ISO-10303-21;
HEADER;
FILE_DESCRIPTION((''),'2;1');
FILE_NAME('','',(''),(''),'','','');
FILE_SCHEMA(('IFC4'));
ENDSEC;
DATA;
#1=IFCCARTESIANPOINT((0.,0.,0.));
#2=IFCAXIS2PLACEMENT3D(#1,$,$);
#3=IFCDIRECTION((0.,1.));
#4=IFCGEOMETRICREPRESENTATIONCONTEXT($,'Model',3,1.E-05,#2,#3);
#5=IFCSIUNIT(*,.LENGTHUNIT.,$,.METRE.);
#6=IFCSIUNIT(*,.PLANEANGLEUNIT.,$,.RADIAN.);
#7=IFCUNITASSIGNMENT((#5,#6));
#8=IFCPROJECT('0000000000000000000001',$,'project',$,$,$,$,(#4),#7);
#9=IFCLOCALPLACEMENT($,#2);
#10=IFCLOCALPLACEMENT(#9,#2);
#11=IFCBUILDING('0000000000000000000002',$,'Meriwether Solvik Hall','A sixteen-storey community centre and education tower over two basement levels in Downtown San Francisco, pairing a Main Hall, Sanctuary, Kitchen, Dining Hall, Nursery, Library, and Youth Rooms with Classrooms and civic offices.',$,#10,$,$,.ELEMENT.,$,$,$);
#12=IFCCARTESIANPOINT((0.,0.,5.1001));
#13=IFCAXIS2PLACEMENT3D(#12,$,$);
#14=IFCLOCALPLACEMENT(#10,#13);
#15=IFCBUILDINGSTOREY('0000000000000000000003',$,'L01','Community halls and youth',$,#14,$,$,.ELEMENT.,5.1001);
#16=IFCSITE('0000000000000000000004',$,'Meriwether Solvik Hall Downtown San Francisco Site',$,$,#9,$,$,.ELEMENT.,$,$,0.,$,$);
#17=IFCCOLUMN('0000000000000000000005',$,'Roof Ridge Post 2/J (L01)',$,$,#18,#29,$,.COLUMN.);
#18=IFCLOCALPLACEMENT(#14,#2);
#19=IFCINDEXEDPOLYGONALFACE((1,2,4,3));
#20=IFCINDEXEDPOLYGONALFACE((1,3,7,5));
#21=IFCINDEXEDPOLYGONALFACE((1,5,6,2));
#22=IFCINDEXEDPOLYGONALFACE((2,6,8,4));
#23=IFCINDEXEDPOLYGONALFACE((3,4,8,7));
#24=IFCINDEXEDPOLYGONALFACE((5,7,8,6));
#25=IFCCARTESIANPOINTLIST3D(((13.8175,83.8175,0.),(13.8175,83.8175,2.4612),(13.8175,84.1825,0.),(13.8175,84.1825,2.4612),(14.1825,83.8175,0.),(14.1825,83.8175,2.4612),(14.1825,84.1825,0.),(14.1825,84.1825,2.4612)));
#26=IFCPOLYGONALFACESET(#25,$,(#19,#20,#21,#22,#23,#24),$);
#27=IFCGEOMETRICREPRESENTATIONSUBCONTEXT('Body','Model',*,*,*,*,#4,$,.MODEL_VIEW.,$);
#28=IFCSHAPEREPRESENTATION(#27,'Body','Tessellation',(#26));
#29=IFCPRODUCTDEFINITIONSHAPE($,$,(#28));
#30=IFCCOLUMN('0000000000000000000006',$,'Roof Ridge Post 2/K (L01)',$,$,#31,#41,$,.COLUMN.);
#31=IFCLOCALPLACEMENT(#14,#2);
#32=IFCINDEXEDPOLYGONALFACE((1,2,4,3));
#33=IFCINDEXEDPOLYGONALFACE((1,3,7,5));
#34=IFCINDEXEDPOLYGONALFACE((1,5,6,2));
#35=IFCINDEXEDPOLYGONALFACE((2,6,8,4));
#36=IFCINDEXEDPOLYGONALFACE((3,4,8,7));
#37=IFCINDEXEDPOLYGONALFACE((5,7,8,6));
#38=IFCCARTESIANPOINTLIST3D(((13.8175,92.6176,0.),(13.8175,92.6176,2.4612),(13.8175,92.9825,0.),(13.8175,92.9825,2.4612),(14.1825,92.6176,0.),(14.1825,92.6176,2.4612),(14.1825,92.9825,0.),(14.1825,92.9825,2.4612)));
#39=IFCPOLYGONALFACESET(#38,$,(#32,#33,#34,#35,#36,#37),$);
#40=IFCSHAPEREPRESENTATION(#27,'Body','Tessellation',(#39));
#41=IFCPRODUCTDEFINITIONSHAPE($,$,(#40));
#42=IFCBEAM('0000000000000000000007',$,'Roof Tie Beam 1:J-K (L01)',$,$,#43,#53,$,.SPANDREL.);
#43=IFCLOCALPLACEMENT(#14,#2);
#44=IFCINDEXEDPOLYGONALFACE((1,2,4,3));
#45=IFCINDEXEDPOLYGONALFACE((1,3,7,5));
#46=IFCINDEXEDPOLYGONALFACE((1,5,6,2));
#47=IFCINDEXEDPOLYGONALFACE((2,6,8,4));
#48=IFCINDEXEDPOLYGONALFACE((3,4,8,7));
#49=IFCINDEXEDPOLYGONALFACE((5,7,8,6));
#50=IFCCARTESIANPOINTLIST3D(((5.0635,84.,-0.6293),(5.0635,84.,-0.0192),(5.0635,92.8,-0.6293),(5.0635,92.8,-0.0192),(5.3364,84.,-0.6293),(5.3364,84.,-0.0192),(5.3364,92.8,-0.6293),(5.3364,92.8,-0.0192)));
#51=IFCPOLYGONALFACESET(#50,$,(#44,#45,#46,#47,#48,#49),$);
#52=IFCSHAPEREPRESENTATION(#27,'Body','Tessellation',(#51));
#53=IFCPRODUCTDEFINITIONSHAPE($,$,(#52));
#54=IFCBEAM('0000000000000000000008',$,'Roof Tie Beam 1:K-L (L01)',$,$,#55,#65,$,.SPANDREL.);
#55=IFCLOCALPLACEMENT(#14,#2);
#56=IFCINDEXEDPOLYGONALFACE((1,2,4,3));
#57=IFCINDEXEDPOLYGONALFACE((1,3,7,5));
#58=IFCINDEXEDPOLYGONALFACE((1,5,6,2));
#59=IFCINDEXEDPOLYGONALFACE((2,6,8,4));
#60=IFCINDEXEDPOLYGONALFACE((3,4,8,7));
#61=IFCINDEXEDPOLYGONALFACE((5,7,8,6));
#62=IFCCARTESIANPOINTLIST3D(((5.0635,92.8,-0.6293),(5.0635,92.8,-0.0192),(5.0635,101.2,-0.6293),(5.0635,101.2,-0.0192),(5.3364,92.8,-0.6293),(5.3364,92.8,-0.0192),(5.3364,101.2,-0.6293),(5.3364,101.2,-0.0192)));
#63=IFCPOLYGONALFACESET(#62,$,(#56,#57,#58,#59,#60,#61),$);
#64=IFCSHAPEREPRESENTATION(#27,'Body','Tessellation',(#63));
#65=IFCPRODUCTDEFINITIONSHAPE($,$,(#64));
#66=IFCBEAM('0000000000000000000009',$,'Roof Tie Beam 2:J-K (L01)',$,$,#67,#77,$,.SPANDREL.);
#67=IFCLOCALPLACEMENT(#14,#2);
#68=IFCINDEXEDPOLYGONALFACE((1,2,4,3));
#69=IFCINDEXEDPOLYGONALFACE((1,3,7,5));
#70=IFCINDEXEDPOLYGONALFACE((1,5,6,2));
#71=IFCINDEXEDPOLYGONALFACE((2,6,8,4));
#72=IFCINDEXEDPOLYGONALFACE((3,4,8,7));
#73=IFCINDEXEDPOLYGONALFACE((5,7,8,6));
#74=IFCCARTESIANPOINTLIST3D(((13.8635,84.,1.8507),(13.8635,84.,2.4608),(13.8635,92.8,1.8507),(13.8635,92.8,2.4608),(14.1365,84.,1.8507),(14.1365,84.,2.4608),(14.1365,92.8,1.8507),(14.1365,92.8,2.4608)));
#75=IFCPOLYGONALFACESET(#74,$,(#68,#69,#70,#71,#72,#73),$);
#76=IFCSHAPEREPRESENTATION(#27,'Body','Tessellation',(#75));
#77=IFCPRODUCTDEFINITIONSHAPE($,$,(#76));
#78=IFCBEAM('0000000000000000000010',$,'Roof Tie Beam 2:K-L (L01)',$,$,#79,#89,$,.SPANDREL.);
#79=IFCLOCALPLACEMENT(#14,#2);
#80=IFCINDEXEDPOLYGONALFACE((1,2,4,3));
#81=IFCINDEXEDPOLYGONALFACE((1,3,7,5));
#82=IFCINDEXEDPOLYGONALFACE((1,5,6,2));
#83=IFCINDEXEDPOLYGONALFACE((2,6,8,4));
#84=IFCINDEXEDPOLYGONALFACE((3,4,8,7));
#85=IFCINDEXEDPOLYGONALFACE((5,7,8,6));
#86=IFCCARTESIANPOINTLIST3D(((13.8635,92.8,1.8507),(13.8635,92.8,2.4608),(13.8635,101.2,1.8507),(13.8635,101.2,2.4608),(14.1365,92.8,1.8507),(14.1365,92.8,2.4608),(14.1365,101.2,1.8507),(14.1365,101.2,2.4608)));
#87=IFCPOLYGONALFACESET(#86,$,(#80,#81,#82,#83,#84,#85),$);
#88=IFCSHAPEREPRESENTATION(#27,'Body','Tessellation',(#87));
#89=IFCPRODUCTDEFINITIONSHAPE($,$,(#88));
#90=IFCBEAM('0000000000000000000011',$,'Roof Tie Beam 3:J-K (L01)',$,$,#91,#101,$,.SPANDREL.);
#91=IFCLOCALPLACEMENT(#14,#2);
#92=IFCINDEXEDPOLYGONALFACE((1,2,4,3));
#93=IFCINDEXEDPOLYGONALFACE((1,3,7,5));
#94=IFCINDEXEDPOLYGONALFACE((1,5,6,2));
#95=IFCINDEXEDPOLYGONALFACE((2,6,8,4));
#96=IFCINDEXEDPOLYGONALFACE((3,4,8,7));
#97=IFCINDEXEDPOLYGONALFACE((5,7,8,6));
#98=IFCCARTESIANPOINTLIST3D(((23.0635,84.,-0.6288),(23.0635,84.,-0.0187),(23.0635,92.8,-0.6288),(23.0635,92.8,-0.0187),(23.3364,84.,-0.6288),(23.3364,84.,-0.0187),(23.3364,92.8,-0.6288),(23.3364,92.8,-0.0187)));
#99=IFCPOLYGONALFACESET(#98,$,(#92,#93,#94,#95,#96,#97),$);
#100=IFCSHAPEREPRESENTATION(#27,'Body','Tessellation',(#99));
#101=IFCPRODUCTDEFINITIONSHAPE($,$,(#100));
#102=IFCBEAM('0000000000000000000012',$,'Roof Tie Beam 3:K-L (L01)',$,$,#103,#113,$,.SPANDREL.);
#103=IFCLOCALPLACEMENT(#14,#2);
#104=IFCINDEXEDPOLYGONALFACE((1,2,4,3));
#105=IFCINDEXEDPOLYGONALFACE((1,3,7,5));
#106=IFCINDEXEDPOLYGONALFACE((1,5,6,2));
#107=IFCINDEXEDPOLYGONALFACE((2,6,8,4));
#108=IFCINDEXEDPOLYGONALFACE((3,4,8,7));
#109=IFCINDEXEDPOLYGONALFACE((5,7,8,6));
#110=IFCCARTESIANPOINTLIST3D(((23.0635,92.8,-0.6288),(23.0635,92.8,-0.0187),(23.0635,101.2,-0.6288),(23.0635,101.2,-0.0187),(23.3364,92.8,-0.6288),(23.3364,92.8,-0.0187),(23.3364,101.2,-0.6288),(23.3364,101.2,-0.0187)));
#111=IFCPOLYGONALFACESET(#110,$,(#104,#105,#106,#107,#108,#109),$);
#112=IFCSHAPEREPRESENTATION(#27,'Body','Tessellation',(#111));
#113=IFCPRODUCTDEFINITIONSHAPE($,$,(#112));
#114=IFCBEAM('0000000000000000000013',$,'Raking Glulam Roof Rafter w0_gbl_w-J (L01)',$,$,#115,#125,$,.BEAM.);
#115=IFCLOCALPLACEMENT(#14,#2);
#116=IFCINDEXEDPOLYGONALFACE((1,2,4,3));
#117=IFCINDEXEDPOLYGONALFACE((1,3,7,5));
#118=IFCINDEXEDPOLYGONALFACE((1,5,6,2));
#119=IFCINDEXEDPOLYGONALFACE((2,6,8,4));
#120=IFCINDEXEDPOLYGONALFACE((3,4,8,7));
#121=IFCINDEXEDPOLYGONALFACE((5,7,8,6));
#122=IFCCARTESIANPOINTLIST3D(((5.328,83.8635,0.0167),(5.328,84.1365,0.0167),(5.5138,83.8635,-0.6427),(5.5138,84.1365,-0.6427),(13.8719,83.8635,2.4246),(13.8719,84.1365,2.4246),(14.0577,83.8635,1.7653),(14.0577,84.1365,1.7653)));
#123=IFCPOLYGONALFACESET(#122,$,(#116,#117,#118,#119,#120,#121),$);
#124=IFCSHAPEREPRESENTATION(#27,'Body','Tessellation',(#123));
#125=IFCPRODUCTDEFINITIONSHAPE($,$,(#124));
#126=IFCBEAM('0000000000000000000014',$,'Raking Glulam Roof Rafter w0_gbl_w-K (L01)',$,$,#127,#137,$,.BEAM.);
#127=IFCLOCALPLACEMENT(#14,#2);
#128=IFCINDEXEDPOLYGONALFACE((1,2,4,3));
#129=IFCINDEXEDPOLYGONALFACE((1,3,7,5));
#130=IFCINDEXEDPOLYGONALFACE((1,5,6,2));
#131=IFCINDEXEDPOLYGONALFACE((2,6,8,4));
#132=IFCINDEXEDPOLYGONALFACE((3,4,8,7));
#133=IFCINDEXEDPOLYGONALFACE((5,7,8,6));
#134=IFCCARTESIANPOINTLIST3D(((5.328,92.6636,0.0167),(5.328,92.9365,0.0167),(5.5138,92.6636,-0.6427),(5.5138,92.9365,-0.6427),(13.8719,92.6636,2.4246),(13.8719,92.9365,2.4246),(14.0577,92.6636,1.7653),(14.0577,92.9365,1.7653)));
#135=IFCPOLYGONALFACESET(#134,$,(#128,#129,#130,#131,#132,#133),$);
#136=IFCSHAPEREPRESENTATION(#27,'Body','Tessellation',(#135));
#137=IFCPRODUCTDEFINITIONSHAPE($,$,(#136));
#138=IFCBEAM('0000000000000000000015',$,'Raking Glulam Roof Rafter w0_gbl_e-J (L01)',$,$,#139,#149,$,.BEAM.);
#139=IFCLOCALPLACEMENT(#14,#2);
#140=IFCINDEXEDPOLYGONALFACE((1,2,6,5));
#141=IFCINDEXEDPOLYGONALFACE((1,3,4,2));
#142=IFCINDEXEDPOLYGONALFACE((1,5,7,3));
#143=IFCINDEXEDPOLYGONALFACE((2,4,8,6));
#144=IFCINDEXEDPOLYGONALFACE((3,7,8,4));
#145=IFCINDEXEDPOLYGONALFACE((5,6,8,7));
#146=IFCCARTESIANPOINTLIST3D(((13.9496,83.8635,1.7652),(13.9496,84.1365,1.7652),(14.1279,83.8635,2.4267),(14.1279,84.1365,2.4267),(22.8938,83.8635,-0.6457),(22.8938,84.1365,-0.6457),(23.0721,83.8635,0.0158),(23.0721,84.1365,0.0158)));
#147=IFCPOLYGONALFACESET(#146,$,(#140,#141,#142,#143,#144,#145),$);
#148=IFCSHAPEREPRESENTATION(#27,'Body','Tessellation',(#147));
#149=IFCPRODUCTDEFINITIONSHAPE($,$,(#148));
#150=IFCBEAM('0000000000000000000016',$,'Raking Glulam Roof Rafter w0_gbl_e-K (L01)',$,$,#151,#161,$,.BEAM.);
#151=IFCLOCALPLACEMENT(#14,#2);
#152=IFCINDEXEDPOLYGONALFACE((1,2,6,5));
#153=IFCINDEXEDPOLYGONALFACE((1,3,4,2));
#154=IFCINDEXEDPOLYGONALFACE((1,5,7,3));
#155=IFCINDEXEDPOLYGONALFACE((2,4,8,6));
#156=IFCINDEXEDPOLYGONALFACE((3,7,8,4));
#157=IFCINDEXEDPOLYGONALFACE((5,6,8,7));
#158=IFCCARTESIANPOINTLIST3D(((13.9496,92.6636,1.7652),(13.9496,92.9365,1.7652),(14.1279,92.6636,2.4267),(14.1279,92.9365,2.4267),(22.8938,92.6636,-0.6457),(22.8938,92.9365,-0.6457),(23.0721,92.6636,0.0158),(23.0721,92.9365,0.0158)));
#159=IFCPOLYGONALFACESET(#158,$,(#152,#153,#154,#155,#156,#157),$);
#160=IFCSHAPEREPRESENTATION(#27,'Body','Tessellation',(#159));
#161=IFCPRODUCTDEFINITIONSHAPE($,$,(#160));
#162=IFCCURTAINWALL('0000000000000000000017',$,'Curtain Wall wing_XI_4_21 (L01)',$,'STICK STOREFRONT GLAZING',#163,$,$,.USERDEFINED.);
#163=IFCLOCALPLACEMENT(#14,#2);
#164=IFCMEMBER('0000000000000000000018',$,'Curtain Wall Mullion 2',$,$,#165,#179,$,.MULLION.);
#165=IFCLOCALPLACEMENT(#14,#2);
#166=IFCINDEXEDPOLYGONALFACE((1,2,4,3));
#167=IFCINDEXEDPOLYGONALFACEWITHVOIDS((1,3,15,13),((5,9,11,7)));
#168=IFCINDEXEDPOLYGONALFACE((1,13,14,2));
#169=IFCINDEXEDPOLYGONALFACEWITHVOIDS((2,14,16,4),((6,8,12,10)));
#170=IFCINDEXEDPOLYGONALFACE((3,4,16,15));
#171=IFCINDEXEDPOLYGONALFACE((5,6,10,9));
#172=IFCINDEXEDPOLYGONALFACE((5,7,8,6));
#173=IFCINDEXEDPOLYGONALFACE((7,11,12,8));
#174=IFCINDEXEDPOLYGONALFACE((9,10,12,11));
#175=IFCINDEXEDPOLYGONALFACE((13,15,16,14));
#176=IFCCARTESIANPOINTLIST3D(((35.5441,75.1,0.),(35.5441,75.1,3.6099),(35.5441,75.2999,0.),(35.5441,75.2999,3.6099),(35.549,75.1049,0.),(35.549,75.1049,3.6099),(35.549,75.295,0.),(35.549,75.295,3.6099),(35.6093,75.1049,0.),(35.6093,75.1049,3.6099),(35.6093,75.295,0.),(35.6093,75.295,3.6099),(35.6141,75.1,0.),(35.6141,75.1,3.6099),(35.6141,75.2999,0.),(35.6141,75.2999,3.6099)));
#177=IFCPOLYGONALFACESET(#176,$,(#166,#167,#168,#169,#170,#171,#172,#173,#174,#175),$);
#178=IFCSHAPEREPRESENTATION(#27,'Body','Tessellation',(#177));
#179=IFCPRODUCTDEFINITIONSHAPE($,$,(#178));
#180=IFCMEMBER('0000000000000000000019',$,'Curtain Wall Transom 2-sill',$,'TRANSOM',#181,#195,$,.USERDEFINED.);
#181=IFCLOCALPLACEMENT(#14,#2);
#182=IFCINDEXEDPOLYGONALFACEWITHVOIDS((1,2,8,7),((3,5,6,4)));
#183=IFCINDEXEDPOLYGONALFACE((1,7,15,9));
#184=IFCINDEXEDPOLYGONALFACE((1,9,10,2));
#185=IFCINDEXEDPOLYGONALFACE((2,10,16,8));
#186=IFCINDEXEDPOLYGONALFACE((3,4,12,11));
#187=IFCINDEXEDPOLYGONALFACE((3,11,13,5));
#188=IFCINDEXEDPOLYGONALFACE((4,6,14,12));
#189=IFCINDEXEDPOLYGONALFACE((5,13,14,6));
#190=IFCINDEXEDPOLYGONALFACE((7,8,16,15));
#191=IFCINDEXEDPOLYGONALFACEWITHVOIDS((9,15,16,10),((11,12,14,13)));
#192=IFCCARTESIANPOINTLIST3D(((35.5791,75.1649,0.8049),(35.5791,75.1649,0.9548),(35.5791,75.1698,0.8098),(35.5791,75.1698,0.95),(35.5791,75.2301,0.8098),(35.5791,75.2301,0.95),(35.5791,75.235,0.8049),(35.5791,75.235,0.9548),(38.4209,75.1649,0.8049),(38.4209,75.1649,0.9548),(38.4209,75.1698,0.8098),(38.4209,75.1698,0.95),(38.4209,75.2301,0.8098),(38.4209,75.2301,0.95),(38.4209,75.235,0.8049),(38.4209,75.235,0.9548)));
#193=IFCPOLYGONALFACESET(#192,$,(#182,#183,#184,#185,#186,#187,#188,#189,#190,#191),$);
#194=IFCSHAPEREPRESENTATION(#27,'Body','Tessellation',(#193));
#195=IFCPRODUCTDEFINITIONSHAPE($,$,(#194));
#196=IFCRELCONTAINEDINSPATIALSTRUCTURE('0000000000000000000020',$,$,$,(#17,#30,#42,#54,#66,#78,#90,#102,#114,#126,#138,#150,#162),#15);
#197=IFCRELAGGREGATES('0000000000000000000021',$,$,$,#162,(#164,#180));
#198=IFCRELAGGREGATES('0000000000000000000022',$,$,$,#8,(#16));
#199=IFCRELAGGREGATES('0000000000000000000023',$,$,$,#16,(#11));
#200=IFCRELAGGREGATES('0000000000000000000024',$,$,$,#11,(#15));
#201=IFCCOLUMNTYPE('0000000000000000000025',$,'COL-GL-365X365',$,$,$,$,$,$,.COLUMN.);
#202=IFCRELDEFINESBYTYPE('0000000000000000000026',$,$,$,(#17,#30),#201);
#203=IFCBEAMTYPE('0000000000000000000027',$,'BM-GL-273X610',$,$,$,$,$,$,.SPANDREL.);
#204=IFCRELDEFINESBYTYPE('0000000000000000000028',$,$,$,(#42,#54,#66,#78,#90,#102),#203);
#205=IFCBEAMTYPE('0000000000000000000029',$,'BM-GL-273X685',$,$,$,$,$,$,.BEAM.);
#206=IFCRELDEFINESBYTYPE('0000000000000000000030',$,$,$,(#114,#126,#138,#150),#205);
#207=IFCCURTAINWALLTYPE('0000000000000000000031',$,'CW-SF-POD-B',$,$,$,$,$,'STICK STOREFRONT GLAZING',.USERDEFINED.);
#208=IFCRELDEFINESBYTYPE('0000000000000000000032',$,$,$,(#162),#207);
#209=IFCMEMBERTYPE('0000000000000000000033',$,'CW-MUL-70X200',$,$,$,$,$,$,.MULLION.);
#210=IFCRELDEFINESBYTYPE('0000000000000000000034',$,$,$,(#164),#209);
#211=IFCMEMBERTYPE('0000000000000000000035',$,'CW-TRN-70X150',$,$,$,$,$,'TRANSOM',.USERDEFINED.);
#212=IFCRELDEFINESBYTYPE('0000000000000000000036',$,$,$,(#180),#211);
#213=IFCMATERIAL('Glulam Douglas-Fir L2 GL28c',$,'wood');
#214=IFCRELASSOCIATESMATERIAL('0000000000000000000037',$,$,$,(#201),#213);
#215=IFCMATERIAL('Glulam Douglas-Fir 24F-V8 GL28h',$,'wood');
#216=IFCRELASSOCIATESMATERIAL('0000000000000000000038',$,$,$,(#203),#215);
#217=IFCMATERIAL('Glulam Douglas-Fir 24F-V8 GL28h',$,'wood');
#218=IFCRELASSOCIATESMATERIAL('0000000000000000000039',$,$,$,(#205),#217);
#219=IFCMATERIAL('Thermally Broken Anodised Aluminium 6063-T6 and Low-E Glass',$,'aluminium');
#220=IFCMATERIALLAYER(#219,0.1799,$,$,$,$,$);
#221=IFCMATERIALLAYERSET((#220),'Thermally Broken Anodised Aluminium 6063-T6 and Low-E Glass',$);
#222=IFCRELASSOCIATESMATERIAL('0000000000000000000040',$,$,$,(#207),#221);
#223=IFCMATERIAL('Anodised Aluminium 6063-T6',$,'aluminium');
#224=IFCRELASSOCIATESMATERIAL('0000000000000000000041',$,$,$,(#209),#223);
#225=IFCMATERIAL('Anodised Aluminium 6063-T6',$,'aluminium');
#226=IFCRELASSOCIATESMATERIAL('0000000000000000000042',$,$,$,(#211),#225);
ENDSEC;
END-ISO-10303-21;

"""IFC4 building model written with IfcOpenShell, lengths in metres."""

from ifc_helpers import new_model, si_unit, direction, frame, origin, origin_2d, place, context, subcontext, project, spatial, rectangle, hollow_rectangle, extrude, material, layer, layer_set, material_profile, profile_set, type_object, element, aggregate, save


model = new_model("IFC4")

# Units and contexts
model_context = context("Model", 3, precision=1e-05, world=origin(), true_north=direction((0.0, 1.0)))
body_context = subcontext(model_context, "Body", "Model", "MODEL_VIEW")
ifc_project = project(units=[si_unit("LENGTHUNIT", "METRE"), si_unit("PLANEANGLEUNIT", "RADIAN")], contexts=[model_context])

# Site, building, storey
site_placement = place(None, origin())
site = spatial("IfcSite", under=ifc_project, at=site_placement, Name="Meriwether Solvik Hall Downtown San Francisco Site", CompositionType="ELEMENT", RefElevation=0.0)
building_placement = place(site_placement, origin())
building = spatial("IfcBuilding", under=site, at=building_placement, Name="Meriwether Solvik Hall", Description="A sixteen-storey community centre and education tower over two basement levels in Downtown San Francisco, pairing a Main Hall, Sanctuary, Kitchen, Dining Hall, Nursery, Library, and Youth Rooms with Classrooms and civic offices.", CompositionType="ELEMENT")
storey_placement = place(building_placement, frame((0.0, 0.0, 5.1001)))
storey = spatial("IfcBuildingStorey", under=building, at=storey_placement, Name="L01", Description="Community halls and youth", CompositionType="ELEMENT", Elevation=5.1001)

# Columns
ifc_material_1 = material(Name="Glulam Douglas-Fir L2 GL28c", Category="wood")
ifc_material_profile_1 = material_profile(ifc_material_1, rectangle(XDim=0.365, YDim=0.365, at=origin_2d()), Name="GLC-365X365")
ifc_profile_set_1 = profile_set([ifc_material_profile_1], Name="Glulam Douglas-Fir L2 GL28c")
column_type = type_object("IfcColumnType", Name="COL-GL-365X365", PredefinedType="COLUMN", material=ifc_profile_set_1)
for number, where, z_axis, x_axis, name in (
    (1, (14.0, 84.0, 0.0), (0.0, 0.0, 1.0), (1.0, 0.0, 0.0), "Roof Ridge Post 2/J (L01)"),
    (2, (14.0, 92.8, 0.0), (0.0, 0.0, 1.0), (1.0, 0.0, 0.0), "Roof Ridge Post 2/K (L01)"),
):
    element("IfcColumn", number, at=place(storey_placement, frame(where, z_axis=z_axis, x_axis=x_axis)), inside=storey, type_object=column_type, Name=name, PredefinedType="COLUMN", context=body_context, shape_type="SweptSolid", body=[
        extrude(rectangle(XDim=0.365, YDim=0.365, at=origin_2d()), origin(), (0.0, 0.0, 1.0), 2.4612),
    ])

# Beams
ifc_material_2 = material(Name="Glulam Douglas-Fir 24F-V8 GL28h", Category="wood")
ifc_material_profile_2 = material_profile(ifc_material_2, rectangle(XDim=0.2729, YDim=0.6101, at=origin_2d()), Name="GLB-273X610")
ifc_profile_set_2 = profile_set([ifc_material_profile_2], Name="Glulam Douglas-Fir 24F-V8 GL28h")
beam_type_1 = type_object("IfcBeamType", Name="BM-GL-273X610", PredefinedType="SPANDREL", material=ifc_profile_set_2)
beam_1_placement = place(storey_placement, frame((5.2, 84.0, -0.3242), z_axis=(0.0, 1.0, 0.0), x_axis=(-1.0, 0.0, 0.0)))
element("IfcBeam", 3, at=beam_1_placement, inside=storey, type_object=beam_type_1, Name="Roof Tie Beam 1:J-K (L01)", PredefinedType="SPANDREL", context=body_context, shape_type="SweptSolid", body=[
    extrude(rectangle(XDim=0.2729, YDim=0.6101, at=origin_2d()), origin(), (0.0, 0.0, 1.0), 8.8),
])
beam_2_placement = place(storey_placement, frame((5.2, 92.8, -0.3242), z_axis=(0.0, 1.0, 0.0), x_axis=(-1.0, 0.0, 0.0)))
element("IfcBeam", 4, at=beam_2_placement, inside=storey, type_object=beam_type_1, Name="Roof Tie Beam 1:K-L (L01)", PredefinedType="SPANDREL", context=body_context, shape_type="SweptSolid", body=[
    extrude(rectangle(XDim=0.2729, YDim=0.6101, at=origin_2d()), origin(), (0.0, 0.0, 1.0), 8.3999),
])
beam_3_placement = place(storey_placement, frame((14.0, 84.0, 2.1558), z_axis=(0.0, 1.0, 0.0), x_axis=(-1.0, 0.0, 0.0)))
element("IfcBeam", 5, at=beam_3_placement, inside=storey, type_object=beam_type_1, Name="Roof Tie Beam 2:J-K (L01)", PredefinedType="SPANDREL", context=body_context, shape_type="SweptSolid", body=[
    extrude(rectangle(XDim=0.2729, YDim=0.6101, at=origin_2d()), origin(), (0.0, 0.0, 1.0), 8.8),
])
beam_4_placement = place(storey_placement, frame((14.0, 92.8, 2.1558), z_axis=(0.0, 1.0, 0.0), x_axis=(-1.0, 0.0, 0.0)))
element("IfcBeam", 6, at=beam_4_placement, inside=storey, type_object=beam_type_1, Name="Roof Tie Beam 2:K-L (L01)", PredefinedType="SPANDREL", context=body_context, shape_type="SweptSolid", body=[
    extrude(rectangle(XDim=0.2729, YDim=0.6101, at=origin_2d()), origin(), (0.0, 0.0, 1.0), 8.3999),
])
beam_5_placement = place(storey_placement, frame((23.2, 84.0, -0.3237), z_axis=(0.0, 1.0, 0.0), x_axis=(-1.0, 0.0, 0.0)))
element("IfcBeam", 7, at=beam_5_placement, inside=storey, type_object=beam_type_1, Name="Roof Tie Beam 3:J-K (L01)", PredefinedType="SPANDREL", context=body_context, shape_type="SweptSolid", body=[
    extrude(rectangle(XDim=0.2729, YDim=0.6101, at=origin_2d()), origin(), (0.0, 0.0, 1.0), 8.8),
])
beam_6_placement = place(storey_placement, frame((23.2, 92.8, -0.3237), z_axis=(0.0, 1.0, 0.0), x_axis=(-1.0, 0.0, 0.0)))
element("IfcBeam", 8, at=beam_6_placement, inside=storey, type_object=beam_type_1, Name="Roof Tie Beam 3:K-L (L01)", PredefinedType="SPANDREL", context=body_context, shape_type="SweptSolid", body=[
    extrude(rectangle(XDim=0.2729, YDim=0.6101, at=origin_2d()), origin(), (0.0, 0.0, 1.0), 8.3999),
])
ifc_material_3 = material(Name="Glulam Douglas-Fir 24F-V8 GL28h", Category="wood")
ifc_material_profile_3 = material_profile(ifc_material_3, rectangle(XDim=0.2729, YDim=0.6851, at=origin_2d()), Name="GLB-273X685")
ifc_profile_set_3 = profile_set([ifc_material_profile_3], Name="Glulam Douglas-Fir 24F-V8 GL28h")
beam_type_2 = type_object("IfcBeamType", Name="BM-GL-273X685", PredefinedType="BEAM", material=ifc_profile_set_3)
for number, where, z_axis, x_axis, name in (
    (9, (5.4209, 84.0, -0.313), (0.962505, 0.0, 0.271265), (0.0, 1.0, 0.0), "Raking Glulam Roof Rafter w0_gbl_w-J (L01)"),
    (10, (5.4209, 92.8, -0.313), (0.962505, 0.0, 0.271265), (0.0, 1.0, 0.0), "Raking Glulam Roof Rafter w0_gbl_w-K (L01)"),
):
    element("IfcBeam", number, at=place(storey_placement, frame(where, z_axis=z_axis, x_axis=x_axis)), inside=storey, type_object=beam_type_2, Name=name, PredefinedType="BEAM", context=body_context, shape_type="SweptSolid", body=[
        extrude(rectangle(XDim=0.2729, YDim=0.6851, at=origin_2d()), origin(), (0.0, 0.0, 1.0), 8.8767),
    ])
for number, where, z_axis, x_axis, name in (
    (11, (22.9829, 84.0, -0.3149), (-0.965538, 0.0, 0.260262), (0.0, -1.0, 0.0), "Raking Glulam Roof Rafter w0_gbl_e-J (L01)"),
    (12, (22.9829, 92.8, -0.3149), (-0.965538, 0.0, 0.260262), (0.0, -1.0, 0.0), "Raking Glulam Roof Rafter w0_gbl_e-K (L01)"),
):
    element("IfcBeam", number, at=place(storey_placement, frame(where, z_axis=z_axis, x_axis=x_axis)), inside=storey, type_object=beam_type_2, Name=name, PredefinedType="BEAM", context=body_context, shape_type="SweptSolid", body=[
        extrude(rectangle(XDim=0.2729, YDim=0.6851, at=origin_2d()), origin(), (0.0, 0.0, 1.0), 9.2634),
    ])

# Curtain wall, members
ifc_material_4 = material(Name="Thermally Broken Anodised Aluminium 6063-T6 and Low-E Glass", Category="aluminium")
ifc_layer_1 = layer(ifc_material_4, 0.1799)
ifc_layer_set_1 = layer_set([ifc_layer_1], Name="Thermally Broken Anodised Aluminium 6063-T6 and Low-E Glass")
curtain_wall_type = type_object("IfcCurtainWallType", Name="CW-SF-POD-B", ElementType="STICK STOREFRONT GLAZING", PredefinedType="USERDEFINED", material=ifc_layer_set_1)
curtain_wall_placement = place(storey_placement, origin())
curtain_wall = element("IfcCurtainWall", 13, at=curtain_wall_placement, inside=storey, type_object=curtain_wall_type, Name="Curtain Wall wing_XI_4_21 (L01)", ObjectType="STICK STOREFRONT GLAZING", PredefinedType="USERDEFINED")
ifc_material_5 = material(Name="Anodised Aluminium 6063-T6", Category="aluminium")
ifc_material_profile_4 = material_profile(ifc_material_5, hollow_rectangle(XDim=0.0701, YDim=0.2, WallThickness=0.0049, at=origin_2d()), Name="CWM-70X200")
ifc_profile_set_4 = profile_set([ifc_material_profile_4], Name="Anodised Aluminium 6063-T6")
member_type_1 = type_object("IfcMemberType", Name="CW-MUL-70X200", PredefinedType="MULLION", material=ifc_profile_set_4)
member_1_placement = place(storey_placement, frame((35.5791, 75.2, 0.0), z_axis=(0.0, 0.0, 1.0), x_axis=(1.0, 0.0, 0.0)))
member_1 = element("IfcMember", 14, at=member_1_placement, type_object=member_type_1, Name="Curtain Wall Mullion 2", PredefinedType="MULLION", context=body_context, shape_type="SweptSolid", body=[
    extrude(hollow_rectangle(XDim=0.0701, YDim=0.2, WallThickness=0.0049, at=origin_2d()), origin(), (0.0, 0.0, 1.0), 3.6099),
])
ifc_material_6 = material(Name="Anodised Aluminium 6063-T6", Category="aluminium")
ifc_material_profile_5 = material_profile(ifc_material_6, hollow_rectangle(XDim=0.0701, YDim=0.1499, WallThickness=0.0049, at=origin_2d()), Name="CWT-70X150")
ifc_profile_set_5 = profile_set([ifc_material_profile_5], Name="Anodised Aluminium 6063-T6")
member_type_2 = type_object("IfcMemberType", Name="CW-TRN-70X150", ElementType="TRANSOM", PredefinedType="USERDEFINED", material=ifc_profile_set_5)
member_2_placement = place(storey_placement, frame((35.5791, 75.2, 0.8799), z_axis=(1.0, 0.0, 0.0), x_axis=(0.0, 1.0, 0.0)))
member_2 = element("IfcMember", 15, at=member_2_placement, type_object=member_type_2, Name="Curtain Wall Transom 2-sill", ObjectType="TRANSOM", PredefinedType="USERDEFINED", context=body_context, shape_type="SweptSolid", body=[
    extrude(hollow_rectangle(XDim=0.0701, YDim=0.1499, WallThickness=0.0049, at=origin_2d()), origin(), (0.0, 0.0, 1.0), 2.8418),
])
aggregate(curtain_wall, [member_1, member_2])

save(model, "model.ifc")
